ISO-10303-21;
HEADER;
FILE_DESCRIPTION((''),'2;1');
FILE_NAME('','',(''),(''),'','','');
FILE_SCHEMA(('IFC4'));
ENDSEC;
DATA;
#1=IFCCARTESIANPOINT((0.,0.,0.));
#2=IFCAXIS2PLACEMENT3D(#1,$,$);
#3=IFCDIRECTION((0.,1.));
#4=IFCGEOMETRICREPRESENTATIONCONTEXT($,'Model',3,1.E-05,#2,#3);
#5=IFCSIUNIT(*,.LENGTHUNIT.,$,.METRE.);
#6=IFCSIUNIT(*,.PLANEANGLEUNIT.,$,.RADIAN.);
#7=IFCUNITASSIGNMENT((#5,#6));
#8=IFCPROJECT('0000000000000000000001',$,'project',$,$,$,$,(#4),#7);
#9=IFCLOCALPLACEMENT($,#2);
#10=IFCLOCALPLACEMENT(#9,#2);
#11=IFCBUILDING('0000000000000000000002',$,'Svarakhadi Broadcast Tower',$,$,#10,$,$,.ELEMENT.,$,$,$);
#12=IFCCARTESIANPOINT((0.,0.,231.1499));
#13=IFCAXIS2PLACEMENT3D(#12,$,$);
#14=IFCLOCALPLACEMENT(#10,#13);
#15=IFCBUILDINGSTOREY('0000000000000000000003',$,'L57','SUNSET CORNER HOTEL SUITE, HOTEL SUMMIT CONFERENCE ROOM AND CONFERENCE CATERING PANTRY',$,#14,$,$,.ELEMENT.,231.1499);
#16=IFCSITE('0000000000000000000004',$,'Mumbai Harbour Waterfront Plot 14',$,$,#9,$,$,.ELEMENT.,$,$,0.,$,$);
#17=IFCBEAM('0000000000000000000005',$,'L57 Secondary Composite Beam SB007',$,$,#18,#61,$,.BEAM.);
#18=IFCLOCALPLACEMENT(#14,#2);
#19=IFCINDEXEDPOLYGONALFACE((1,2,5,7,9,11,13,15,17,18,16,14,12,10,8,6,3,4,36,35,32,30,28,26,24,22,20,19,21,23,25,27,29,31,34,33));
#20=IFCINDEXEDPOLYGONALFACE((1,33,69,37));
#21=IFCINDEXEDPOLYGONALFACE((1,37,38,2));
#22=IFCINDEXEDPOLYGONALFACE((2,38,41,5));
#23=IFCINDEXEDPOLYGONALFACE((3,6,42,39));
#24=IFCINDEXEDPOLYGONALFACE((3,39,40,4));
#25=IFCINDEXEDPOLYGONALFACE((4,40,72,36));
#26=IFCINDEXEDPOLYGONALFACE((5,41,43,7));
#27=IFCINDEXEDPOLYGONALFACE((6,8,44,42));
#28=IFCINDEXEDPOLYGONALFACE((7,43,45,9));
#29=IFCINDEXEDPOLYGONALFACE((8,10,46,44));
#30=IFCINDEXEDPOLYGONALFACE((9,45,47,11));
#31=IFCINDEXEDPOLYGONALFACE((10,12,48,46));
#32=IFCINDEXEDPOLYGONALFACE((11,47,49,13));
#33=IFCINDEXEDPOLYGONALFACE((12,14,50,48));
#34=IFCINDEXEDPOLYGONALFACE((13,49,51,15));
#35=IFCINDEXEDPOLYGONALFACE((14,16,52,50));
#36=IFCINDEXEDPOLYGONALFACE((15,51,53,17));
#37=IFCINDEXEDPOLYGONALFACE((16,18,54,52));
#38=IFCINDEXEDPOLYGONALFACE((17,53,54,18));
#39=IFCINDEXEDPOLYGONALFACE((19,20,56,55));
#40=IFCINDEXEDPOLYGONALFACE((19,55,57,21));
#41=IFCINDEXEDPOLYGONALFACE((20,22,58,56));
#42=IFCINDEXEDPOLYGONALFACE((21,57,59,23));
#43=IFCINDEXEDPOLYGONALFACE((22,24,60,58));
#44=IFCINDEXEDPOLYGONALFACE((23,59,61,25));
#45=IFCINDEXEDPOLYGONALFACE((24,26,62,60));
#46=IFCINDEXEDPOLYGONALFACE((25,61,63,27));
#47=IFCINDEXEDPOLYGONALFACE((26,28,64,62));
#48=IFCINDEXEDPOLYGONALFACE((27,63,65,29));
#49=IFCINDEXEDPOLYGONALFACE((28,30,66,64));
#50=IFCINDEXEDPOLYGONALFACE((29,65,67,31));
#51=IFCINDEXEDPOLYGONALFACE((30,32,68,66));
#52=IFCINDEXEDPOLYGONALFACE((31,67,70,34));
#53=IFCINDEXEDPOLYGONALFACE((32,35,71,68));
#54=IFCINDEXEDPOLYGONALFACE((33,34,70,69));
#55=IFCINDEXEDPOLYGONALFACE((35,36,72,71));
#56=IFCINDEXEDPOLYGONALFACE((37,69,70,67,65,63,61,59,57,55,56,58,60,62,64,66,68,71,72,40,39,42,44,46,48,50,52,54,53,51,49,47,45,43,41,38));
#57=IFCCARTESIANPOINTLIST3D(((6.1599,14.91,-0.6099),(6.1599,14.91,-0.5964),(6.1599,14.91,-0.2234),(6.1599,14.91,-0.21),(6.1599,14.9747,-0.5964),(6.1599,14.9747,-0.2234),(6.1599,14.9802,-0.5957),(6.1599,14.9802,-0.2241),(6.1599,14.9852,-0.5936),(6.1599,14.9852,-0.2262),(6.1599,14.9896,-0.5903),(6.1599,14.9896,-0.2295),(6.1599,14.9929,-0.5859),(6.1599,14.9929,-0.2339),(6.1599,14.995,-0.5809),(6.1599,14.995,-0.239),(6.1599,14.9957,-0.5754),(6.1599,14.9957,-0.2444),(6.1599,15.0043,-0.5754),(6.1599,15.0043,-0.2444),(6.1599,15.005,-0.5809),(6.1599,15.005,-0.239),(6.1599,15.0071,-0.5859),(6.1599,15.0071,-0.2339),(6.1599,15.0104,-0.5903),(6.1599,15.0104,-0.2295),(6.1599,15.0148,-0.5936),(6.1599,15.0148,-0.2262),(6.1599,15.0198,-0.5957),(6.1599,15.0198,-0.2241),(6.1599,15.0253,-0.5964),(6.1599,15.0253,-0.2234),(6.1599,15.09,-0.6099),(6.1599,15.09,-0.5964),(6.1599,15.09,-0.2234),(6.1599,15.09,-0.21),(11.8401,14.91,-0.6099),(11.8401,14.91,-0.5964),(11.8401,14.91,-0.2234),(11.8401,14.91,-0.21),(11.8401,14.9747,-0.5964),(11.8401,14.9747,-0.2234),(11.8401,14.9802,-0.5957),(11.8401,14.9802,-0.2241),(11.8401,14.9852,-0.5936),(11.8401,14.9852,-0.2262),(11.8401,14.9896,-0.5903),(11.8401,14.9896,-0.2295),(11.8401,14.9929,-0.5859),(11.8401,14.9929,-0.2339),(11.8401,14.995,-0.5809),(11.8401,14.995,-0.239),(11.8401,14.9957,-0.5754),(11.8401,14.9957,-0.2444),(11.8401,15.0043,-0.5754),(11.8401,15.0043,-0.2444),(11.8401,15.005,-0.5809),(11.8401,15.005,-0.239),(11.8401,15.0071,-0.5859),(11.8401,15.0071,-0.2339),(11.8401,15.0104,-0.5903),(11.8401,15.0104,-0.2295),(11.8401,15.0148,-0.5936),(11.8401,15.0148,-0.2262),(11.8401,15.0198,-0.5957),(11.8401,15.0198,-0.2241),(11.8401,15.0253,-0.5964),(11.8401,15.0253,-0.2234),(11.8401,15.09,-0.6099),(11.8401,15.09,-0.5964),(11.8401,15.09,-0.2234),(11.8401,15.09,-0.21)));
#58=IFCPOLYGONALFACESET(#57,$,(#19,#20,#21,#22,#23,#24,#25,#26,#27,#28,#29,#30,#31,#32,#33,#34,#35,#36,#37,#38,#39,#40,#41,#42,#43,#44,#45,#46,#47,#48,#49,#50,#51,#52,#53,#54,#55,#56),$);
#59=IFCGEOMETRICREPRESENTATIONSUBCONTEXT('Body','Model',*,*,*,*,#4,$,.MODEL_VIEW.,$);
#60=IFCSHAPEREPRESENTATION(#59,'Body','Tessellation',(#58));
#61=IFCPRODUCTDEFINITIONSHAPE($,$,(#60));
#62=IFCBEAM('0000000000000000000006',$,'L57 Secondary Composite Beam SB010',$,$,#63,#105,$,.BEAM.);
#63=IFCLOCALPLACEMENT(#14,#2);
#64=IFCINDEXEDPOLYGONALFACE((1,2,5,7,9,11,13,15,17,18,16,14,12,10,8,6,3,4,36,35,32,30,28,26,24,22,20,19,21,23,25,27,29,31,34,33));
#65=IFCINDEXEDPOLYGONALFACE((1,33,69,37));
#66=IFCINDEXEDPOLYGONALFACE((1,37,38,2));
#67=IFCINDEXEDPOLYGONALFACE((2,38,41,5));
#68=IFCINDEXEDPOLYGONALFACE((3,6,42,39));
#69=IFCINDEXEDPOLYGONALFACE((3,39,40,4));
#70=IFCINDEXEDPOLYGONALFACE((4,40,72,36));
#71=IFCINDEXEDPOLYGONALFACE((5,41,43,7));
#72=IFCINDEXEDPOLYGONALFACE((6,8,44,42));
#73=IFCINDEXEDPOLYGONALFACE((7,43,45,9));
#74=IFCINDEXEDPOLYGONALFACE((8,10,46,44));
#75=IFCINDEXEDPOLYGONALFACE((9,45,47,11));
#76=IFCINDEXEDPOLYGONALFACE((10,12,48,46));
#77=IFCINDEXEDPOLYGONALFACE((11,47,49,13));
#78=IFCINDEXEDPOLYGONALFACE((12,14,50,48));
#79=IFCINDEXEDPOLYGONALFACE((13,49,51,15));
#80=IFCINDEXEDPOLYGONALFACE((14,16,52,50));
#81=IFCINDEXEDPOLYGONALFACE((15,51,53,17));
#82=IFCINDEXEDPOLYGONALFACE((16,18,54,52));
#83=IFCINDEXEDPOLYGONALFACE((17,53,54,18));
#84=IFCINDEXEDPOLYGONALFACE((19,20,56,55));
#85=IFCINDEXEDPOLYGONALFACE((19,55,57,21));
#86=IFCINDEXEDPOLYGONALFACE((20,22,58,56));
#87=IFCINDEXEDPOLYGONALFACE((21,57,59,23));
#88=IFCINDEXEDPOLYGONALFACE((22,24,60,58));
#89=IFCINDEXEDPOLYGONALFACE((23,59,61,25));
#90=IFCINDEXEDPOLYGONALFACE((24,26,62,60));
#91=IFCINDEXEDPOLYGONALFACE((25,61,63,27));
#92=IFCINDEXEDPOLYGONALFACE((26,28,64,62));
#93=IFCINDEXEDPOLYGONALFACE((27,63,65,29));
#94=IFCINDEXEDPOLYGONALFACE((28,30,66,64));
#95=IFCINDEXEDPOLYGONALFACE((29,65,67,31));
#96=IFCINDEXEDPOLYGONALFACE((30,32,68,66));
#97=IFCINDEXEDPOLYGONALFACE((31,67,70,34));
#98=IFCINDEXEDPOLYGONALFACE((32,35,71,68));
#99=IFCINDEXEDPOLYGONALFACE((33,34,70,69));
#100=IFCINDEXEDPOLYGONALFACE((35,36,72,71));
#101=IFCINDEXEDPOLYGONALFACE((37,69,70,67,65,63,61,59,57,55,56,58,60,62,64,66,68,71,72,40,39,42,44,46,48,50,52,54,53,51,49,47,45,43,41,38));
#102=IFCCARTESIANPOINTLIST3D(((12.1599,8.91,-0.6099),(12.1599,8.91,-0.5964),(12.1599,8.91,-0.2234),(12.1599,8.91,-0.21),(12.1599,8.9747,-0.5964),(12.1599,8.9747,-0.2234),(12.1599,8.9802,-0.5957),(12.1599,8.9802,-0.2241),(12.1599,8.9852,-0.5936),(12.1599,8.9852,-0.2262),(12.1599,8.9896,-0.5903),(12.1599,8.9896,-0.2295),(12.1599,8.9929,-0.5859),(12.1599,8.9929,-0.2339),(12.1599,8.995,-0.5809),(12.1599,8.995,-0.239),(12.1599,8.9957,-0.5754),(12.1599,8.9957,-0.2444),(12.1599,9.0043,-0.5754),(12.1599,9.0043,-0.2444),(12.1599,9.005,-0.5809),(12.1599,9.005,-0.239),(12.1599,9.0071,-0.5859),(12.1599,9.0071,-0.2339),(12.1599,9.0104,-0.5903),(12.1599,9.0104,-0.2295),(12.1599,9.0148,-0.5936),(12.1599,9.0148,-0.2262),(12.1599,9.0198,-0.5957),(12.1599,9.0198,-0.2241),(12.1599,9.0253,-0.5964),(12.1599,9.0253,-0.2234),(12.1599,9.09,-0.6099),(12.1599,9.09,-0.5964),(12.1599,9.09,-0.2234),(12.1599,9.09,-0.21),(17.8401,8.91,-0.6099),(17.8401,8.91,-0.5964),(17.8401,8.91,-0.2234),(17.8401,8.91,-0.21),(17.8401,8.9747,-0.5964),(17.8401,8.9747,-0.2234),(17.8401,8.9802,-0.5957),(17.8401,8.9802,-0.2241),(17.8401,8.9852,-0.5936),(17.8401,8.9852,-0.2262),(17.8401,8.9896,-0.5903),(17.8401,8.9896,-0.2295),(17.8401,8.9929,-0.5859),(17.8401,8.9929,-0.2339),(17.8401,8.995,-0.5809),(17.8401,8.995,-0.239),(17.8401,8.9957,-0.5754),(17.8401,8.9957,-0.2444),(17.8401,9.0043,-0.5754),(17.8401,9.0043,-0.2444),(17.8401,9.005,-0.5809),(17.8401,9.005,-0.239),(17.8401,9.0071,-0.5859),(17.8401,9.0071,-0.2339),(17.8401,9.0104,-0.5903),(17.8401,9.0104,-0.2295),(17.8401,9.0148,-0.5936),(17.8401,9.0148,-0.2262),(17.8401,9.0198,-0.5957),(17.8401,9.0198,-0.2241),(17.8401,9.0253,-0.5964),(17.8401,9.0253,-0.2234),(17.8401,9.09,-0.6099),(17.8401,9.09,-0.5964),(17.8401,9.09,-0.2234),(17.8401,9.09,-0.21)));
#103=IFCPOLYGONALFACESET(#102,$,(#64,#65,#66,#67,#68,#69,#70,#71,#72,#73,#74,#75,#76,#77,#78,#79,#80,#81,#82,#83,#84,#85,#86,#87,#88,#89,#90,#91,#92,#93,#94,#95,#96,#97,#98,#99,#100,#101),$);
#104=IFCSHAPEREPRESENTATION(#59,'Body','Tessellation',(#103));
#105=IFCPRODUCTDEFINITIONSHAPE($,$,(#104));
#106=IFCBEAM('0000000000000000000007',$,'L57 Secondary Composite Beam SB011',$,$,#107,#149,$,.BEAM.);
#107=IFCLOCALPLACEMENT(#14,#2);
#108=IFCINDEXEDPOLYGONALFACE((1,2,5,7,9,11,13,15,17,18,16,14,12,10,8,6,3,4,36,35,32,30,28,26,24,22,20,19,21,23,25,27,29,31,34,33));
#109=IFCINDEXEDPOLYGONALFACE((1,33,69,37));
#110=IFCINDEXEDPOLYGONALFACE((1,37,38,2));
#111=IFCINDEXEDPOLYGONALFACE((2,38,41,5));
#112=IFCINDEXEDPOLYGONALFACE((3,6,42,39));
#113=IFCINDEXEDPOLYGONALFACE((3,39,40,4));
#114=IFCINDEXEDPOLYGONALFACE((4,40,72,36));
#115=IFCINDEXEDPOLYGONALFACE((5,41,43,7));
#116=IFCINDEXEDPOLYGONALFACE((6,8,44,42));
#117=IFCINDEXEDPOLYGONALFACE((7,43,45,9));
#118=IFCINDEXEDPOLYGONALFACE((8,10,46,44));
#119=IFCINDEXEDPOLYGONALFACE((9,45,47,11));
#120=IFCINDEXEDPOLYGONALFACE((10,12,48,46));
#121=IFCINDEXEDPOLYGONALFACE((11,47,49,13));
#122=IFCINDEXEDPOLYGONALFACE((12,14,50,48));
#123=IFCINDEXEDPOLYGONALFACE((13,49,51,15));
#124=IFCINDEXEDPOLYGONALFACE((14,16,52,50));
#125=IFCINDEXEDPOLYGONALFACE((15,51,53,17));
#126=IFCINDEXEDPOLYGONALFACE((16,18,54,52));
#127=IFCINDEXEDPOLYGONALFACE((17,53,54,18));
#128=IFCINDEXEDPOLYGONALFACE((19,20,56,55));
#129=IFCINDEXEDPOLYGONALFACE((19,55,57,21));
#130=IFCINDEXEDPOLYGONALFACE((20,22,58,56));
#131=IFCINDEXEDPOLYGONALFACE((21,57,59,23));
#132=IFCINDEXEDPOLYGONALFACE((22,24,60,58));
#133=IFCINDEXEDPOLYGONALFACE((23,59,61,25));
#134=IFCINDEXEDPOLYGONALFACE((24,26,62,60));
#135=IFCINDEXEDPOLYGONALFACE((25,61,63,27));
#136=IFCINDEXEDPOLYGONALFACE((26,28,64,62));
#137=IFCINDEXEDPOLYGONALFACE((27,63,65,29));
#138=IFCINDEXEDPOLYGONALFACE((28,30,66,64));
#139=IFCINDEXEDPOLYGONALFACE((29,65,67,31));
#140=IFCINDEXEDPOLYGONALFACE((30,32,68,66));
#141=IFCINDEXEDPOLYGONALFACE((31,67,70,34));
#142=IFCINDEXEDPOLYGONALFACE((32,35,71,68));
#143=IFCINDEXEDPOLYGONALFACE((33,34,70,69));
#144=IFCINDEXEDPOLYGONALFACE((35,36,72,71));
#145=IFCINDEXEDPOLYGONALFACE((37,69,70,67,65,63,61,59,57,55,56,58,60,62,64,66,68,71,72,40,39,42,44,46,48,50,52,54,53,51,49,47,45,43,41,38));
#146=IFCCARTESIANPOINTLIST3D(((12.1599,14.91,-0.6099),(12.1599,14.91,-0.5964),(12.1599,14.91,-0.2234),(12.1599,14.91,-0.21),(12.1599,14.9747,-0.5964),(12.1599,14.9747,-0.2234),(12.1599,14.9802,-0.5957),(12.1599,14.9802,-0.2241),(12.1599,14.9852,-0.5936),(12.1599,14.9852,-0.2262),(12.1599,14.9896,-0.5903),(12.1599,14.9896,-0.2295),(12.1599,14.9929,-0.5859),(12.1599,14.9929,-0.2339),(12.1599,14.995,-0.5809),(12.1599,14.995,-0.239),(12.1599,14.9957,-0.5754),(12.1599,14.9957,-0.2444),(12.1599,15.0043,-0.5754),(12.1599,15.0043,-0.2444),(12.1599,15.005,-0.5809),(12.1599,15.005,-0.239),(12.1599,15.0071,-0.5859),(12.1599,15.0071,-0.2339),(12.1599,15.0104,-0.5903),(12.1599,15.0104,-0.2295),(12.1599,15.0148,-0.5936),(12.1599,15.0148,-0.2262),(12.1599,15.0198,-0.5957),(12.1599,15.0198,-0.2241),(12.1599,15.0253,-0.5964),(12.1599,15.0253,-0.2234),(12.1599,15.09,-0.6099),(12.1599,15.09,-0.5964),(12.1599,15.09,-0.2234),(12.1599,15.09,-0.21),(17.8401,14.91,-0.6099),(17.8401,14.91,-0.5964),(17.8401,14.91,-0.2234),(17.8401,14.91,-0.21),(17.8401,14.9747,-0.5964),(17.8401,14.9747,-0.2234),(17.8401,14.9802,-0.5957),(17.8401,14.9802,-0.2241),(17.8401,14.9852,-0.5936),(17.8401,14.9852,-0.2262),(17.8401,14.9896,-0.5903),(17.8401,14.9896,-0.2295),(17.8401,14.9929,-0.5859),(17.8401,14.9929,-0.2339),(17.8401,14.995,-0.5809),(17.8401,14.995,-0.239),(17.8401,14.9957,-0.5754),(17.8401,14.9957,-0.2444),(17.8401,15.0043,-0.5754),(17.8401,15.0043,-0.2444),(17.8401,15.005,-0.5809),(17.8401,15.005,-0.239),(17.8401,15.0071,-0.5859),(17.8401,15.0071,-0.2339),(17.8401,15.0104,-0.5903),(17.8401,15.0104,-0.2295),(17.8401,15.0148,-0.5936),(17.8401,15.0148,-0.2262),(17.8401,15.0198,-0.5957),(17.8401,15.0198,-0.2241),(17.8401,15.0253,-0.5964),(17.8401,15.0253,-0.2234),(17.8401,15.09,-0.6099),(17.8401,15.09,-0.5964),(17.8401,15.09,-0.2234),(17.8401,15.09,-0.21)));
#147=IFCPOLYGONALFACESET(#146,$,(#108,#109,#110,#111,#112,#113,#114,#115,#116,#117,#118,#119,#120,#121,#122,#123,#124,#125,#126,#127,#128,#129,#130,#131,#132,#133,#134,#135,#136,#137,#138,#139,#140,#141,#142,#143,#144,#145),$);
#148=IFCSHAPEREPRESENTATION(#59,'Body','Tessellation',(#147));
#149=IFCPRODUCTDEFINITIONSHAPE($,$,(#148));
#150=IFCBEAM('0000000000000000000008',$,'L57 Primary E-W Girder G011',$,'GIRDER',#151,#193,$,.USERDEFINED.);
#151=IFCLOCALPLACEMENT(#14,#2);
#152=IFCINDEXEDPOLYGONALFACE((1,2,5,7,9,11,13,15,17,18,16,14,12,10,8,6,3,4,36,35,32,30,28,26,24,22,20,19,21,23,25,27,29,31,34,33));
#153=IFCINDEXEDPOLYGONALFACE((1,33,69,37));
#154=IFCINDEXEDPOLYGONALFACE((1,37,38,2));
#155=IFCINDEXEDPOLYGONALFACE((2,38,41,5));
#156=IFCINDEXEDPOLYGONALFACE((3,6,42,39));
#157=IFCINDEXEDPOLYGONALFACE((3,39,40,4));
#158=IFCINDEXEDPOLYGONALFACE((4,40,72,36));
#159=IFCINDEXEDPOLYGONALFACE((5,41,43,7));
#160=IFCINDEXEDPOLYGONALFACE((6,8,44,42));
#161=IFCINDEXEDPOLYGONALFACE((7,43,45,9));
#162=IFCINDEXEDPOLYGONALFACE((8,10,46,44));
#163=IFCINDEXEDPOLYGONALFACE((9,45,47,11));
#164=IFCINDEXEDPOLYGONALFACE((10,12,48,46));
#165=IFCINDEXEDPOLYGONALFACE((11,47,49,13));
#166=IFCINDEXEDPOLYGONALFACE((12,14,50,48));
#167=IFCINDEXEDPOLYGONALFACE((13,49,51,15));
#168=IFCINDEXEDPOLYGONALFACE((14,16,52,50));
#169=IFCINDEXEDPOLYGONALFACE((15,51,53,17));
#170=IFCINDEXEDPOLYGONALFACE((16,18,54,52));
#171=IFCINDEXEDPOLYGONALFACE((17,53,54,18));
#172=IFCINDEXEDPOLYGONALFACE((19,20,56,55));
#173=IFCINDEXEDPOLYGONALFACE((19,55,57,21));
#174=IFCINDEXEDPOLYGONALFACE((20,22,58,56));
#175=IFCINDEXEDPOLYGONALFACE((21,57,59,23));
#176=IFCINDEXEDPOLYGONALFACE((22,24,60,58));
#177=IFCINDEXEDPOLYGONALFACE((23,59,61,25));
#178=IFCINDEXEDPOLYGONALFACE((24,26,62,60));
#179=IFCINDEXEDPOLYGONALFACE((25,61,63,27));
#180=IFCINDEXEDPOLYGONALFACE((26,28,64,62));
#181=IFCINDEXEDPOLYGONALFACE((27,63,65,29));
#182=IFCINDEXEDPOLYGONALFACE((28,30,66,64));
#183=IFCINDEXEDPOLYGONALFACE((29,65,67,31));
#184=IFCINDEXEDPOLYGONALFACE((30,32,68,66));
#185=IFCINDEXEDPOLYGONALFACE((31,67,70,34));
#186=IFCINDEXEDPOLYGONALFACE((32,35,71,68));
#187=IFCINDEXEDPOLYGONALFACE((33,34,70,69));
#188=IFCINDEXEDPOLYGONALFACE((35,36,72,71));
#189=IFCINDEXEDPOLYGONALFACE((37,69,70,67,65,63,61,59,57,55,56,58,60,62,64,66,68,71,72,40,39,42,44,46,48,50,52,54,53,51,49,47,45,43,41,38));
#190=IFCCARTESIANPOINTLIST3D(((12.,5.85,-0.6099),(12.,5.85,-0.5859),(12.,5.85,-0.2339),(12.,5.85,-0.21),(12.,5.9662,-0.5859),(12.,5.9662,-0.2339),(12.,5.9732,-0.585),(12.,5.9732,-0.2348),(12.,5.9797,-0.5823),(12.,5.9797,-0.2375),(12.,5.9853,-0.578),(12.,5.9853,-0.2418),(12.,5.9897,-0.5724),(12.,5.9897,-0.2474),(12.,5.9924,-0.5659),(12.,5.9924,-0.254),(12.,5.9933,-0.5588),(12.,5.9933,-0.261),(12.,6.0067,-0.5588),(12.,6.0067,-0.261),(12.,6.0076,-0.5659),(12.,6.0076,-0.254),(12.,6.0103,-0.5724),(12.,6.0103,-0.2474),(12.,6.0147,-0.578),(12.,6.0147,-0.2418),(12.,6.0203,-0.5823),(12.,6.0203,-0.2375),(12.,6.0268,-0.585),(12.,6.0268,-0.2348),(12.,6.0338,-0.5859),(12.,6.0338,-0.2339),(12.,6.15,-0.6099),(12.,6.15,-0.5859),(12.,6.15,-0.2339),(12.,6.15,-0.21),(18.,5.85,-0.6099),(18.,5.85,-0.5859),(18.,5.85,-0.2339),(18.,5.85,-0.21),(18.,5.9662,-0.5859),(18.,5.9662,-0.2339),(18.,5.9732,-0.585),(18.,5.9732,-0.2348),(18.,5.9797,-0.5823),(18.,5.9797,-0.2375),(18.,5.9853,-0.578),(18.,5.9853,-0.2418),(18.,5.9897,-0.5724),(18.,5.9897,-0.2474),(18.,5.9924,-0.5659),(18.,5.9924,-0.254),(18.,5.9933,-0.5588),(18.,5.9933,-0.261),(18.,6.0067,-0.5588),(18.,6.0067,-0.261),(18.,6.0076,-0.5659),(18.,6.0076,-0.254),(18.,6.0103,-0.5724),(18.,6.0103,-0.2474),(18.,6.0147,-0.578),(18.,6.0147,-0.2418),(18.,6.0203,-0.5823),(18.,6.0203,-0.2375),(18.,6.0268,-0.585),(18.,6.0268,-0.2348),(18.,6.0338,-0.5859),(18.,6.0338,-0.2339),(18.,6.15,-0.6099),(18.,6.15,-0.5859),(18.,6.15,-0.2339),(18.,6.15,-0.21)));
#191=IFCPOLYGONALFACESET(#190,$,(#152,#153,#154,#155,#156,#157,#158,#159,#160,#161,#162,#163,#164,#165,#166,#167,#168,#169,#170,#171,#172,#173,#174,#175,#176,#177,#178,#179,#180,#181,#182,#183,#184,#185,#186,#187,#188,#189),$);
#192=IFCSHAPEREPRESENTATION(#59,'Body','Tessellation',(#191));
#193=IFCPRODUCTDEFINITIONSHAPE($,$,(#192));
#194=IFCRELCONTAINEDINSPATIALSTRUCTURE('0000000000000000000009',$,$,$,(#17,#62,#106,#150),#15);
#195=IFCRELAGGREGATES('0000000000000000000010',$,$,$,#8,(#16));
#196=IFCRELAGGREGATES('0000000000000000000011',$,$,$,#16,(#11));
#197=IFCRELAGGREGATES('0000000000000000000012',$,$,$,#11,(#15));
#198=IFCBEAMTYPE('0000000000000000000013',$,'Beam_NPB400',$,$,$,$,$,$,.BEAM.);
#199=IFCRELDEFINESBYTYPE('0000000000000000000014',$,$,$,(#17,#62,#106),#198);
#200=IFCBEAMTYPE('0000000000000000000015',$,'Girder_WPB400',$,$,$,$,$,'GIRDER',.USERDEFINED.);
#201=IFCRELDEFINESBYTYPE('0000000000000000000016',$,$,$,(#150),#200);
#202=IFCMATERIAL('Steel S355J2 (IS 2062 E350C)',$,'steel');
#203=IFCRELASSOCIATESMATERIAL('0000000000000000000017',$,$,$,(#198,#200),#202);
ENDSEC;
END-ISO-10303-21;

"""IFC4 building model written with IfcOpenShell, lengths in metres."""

from ifc_helpers import new_model, si_unit, direction, frame, origin, origin_2d, place, context, subcontext, project, spatial, i_section, extrude, material, material_profile, profile_set, type_object, element, save


model = new_model("IFC4")

# Units and contexts
model_context = context("Model", 3, precision=1e-05, world=origin(), true_north=direction((0.0, 1.0)))
body_context = subcontext(model_context, "Body", "Model", "MODEL_VIEW")
ifc_project = project(units=[si_unit("LENGTHUNIT", "METRE"), si_unit("PLANEANGLEUNIT", "RADIAN")], contexts=[model_context])

# Site, building, storey
site_placement = place(None, origin())
site = spatial("IfcSite", under=ifc_project, at=site_placement, Name="Mumbai Harbour Waterfront Plot 14", CompositionType="ELEMENT", RefElevation=0.0)
building_placement = place(site_placement, origin())
building = spatial("IfcBuilding", under=site, at=building_placement, Name="Svarakhadi Broadcast Tower", CompositionType="ELEMENT")
storey_placement = place(building_placement, frame((0.0, 0.0, 231.1499)))
storey = spatial("IfcBuildingStorey", under=building, at=storey_placement, Name="L57", Description="SUNSET CORNER HOTEL SUITE, HOTEL SUMMIT CONFERENCE ROOM AND CONFERENCE CATERING PANTRY", CompositionType="ELEMENT", Elevation=231.1499)

# Beams
ifc_material_1 = material(Name="Steel S355J2 (IS 2062 E350C)", Category="steel")
ifc_material_profile_1 = material_profile(ifc_material_1, i_section(OverallWidth=0.1799, OverallDepth=0.3999, WebThickness=0.0085, FlangeThickness=0.0134, FilletRadius=0.021, at=origin_2d()), Name="NPB 400x180x66")
ifc_profile_set_1 = profile_set([ifc_material_profile_1], Name="Steel S355J2 (IS 2062 E350C)")
beam_type_1 = type_object("IfcBeamType", Name="Beam_NPB400", PredefinedType="BEAM", material=ifc_profile_set_1)
for number, where, z_axis, x_axis, name in (
    (1, (6.1599, 15.0, -0.4099), (1.0, 0.0, 0.0), (0.0, 1.0, 0.0), "L57 Secondary Composite Beam SB007"),
    (2, (12.1599, 9.0, -0.4099), (1.0, 0.0, 0.0), (0.0, 1.0, 0.0), "L57 Secondary Composite Beam SB010"),
    (3, (12.1599, 15.0, -0.4099), (1.0, 0.0, 0.0), (0.0, 1.0, 0.0), "L57 Secondary Composite Beam SB011"),
):
    element("IfcBeam", number, at=place(storey_placement, frame(where, z_axis=z_axis, x_axis=x_axis)), inside=storey, type_object=beam_type_1, Name=name, PredefinedType="BEAM", context=body_context, shape_type="SweptSolid", body=[
        extrude(i_section(OverallWidth=0.1799, OverallDepth=0.3999, WebThickness=0.0085, FlangeThickness=0.0134, FilletRadius=0.021, at=origin_2d()), origin(), (0.0, 0.0, 1.0), 5.6802),
    ])
ifc_material_profile_2 = material_profile(ifc_material_1, i_section(OverallWidth=0.3, OverallDepth=0.3999, WebThickness=0.0134, FlangeThickness=0.0239, FilletRadius=0.0271, at=origin_2d()), Name="WPB 400x300x155")
ifc_profile_set_2 = profile_set([ifc_material_profile_2], Name="Steel S355J2 (IS 2062 E350C)")
beam_type_2 = type_object("IfcBeamType", Name="Girder_WPB400", ElementType="GIRDER", PredefinedType="USERDEFINED", material=ifc_profile_set_2)
for number, where, z_axis, x_axis, name in (
    (4, (12.0, 6.0, -0.4099), (1.0, 0.0, 0.0), (0.0, 1.0, 0.0), "L57 Primary E-W Girder G011"),
):
    element("IfcBeam", number, at=place(storey_placement, frame(where, z_axis=z_axis, x_axis=x_axis)), inside=storey, type_object=beam_type_2, Name=name, ObjectType="GIRDER", PredefinedType="USERDEFINED", context=body_context, shape_type="SweptSolid", body=[
        extrude(i_section(OverallWidth=0.3, OverallDepth=0.3999, WebThickness=0.0134, FlangeThickness=0.0239, FilletRadius=0.0271, at=origin_2d()), origin(), (0.0, 0.0, 1.0), 6.0),
    ])

save(model, "model.ifc")
